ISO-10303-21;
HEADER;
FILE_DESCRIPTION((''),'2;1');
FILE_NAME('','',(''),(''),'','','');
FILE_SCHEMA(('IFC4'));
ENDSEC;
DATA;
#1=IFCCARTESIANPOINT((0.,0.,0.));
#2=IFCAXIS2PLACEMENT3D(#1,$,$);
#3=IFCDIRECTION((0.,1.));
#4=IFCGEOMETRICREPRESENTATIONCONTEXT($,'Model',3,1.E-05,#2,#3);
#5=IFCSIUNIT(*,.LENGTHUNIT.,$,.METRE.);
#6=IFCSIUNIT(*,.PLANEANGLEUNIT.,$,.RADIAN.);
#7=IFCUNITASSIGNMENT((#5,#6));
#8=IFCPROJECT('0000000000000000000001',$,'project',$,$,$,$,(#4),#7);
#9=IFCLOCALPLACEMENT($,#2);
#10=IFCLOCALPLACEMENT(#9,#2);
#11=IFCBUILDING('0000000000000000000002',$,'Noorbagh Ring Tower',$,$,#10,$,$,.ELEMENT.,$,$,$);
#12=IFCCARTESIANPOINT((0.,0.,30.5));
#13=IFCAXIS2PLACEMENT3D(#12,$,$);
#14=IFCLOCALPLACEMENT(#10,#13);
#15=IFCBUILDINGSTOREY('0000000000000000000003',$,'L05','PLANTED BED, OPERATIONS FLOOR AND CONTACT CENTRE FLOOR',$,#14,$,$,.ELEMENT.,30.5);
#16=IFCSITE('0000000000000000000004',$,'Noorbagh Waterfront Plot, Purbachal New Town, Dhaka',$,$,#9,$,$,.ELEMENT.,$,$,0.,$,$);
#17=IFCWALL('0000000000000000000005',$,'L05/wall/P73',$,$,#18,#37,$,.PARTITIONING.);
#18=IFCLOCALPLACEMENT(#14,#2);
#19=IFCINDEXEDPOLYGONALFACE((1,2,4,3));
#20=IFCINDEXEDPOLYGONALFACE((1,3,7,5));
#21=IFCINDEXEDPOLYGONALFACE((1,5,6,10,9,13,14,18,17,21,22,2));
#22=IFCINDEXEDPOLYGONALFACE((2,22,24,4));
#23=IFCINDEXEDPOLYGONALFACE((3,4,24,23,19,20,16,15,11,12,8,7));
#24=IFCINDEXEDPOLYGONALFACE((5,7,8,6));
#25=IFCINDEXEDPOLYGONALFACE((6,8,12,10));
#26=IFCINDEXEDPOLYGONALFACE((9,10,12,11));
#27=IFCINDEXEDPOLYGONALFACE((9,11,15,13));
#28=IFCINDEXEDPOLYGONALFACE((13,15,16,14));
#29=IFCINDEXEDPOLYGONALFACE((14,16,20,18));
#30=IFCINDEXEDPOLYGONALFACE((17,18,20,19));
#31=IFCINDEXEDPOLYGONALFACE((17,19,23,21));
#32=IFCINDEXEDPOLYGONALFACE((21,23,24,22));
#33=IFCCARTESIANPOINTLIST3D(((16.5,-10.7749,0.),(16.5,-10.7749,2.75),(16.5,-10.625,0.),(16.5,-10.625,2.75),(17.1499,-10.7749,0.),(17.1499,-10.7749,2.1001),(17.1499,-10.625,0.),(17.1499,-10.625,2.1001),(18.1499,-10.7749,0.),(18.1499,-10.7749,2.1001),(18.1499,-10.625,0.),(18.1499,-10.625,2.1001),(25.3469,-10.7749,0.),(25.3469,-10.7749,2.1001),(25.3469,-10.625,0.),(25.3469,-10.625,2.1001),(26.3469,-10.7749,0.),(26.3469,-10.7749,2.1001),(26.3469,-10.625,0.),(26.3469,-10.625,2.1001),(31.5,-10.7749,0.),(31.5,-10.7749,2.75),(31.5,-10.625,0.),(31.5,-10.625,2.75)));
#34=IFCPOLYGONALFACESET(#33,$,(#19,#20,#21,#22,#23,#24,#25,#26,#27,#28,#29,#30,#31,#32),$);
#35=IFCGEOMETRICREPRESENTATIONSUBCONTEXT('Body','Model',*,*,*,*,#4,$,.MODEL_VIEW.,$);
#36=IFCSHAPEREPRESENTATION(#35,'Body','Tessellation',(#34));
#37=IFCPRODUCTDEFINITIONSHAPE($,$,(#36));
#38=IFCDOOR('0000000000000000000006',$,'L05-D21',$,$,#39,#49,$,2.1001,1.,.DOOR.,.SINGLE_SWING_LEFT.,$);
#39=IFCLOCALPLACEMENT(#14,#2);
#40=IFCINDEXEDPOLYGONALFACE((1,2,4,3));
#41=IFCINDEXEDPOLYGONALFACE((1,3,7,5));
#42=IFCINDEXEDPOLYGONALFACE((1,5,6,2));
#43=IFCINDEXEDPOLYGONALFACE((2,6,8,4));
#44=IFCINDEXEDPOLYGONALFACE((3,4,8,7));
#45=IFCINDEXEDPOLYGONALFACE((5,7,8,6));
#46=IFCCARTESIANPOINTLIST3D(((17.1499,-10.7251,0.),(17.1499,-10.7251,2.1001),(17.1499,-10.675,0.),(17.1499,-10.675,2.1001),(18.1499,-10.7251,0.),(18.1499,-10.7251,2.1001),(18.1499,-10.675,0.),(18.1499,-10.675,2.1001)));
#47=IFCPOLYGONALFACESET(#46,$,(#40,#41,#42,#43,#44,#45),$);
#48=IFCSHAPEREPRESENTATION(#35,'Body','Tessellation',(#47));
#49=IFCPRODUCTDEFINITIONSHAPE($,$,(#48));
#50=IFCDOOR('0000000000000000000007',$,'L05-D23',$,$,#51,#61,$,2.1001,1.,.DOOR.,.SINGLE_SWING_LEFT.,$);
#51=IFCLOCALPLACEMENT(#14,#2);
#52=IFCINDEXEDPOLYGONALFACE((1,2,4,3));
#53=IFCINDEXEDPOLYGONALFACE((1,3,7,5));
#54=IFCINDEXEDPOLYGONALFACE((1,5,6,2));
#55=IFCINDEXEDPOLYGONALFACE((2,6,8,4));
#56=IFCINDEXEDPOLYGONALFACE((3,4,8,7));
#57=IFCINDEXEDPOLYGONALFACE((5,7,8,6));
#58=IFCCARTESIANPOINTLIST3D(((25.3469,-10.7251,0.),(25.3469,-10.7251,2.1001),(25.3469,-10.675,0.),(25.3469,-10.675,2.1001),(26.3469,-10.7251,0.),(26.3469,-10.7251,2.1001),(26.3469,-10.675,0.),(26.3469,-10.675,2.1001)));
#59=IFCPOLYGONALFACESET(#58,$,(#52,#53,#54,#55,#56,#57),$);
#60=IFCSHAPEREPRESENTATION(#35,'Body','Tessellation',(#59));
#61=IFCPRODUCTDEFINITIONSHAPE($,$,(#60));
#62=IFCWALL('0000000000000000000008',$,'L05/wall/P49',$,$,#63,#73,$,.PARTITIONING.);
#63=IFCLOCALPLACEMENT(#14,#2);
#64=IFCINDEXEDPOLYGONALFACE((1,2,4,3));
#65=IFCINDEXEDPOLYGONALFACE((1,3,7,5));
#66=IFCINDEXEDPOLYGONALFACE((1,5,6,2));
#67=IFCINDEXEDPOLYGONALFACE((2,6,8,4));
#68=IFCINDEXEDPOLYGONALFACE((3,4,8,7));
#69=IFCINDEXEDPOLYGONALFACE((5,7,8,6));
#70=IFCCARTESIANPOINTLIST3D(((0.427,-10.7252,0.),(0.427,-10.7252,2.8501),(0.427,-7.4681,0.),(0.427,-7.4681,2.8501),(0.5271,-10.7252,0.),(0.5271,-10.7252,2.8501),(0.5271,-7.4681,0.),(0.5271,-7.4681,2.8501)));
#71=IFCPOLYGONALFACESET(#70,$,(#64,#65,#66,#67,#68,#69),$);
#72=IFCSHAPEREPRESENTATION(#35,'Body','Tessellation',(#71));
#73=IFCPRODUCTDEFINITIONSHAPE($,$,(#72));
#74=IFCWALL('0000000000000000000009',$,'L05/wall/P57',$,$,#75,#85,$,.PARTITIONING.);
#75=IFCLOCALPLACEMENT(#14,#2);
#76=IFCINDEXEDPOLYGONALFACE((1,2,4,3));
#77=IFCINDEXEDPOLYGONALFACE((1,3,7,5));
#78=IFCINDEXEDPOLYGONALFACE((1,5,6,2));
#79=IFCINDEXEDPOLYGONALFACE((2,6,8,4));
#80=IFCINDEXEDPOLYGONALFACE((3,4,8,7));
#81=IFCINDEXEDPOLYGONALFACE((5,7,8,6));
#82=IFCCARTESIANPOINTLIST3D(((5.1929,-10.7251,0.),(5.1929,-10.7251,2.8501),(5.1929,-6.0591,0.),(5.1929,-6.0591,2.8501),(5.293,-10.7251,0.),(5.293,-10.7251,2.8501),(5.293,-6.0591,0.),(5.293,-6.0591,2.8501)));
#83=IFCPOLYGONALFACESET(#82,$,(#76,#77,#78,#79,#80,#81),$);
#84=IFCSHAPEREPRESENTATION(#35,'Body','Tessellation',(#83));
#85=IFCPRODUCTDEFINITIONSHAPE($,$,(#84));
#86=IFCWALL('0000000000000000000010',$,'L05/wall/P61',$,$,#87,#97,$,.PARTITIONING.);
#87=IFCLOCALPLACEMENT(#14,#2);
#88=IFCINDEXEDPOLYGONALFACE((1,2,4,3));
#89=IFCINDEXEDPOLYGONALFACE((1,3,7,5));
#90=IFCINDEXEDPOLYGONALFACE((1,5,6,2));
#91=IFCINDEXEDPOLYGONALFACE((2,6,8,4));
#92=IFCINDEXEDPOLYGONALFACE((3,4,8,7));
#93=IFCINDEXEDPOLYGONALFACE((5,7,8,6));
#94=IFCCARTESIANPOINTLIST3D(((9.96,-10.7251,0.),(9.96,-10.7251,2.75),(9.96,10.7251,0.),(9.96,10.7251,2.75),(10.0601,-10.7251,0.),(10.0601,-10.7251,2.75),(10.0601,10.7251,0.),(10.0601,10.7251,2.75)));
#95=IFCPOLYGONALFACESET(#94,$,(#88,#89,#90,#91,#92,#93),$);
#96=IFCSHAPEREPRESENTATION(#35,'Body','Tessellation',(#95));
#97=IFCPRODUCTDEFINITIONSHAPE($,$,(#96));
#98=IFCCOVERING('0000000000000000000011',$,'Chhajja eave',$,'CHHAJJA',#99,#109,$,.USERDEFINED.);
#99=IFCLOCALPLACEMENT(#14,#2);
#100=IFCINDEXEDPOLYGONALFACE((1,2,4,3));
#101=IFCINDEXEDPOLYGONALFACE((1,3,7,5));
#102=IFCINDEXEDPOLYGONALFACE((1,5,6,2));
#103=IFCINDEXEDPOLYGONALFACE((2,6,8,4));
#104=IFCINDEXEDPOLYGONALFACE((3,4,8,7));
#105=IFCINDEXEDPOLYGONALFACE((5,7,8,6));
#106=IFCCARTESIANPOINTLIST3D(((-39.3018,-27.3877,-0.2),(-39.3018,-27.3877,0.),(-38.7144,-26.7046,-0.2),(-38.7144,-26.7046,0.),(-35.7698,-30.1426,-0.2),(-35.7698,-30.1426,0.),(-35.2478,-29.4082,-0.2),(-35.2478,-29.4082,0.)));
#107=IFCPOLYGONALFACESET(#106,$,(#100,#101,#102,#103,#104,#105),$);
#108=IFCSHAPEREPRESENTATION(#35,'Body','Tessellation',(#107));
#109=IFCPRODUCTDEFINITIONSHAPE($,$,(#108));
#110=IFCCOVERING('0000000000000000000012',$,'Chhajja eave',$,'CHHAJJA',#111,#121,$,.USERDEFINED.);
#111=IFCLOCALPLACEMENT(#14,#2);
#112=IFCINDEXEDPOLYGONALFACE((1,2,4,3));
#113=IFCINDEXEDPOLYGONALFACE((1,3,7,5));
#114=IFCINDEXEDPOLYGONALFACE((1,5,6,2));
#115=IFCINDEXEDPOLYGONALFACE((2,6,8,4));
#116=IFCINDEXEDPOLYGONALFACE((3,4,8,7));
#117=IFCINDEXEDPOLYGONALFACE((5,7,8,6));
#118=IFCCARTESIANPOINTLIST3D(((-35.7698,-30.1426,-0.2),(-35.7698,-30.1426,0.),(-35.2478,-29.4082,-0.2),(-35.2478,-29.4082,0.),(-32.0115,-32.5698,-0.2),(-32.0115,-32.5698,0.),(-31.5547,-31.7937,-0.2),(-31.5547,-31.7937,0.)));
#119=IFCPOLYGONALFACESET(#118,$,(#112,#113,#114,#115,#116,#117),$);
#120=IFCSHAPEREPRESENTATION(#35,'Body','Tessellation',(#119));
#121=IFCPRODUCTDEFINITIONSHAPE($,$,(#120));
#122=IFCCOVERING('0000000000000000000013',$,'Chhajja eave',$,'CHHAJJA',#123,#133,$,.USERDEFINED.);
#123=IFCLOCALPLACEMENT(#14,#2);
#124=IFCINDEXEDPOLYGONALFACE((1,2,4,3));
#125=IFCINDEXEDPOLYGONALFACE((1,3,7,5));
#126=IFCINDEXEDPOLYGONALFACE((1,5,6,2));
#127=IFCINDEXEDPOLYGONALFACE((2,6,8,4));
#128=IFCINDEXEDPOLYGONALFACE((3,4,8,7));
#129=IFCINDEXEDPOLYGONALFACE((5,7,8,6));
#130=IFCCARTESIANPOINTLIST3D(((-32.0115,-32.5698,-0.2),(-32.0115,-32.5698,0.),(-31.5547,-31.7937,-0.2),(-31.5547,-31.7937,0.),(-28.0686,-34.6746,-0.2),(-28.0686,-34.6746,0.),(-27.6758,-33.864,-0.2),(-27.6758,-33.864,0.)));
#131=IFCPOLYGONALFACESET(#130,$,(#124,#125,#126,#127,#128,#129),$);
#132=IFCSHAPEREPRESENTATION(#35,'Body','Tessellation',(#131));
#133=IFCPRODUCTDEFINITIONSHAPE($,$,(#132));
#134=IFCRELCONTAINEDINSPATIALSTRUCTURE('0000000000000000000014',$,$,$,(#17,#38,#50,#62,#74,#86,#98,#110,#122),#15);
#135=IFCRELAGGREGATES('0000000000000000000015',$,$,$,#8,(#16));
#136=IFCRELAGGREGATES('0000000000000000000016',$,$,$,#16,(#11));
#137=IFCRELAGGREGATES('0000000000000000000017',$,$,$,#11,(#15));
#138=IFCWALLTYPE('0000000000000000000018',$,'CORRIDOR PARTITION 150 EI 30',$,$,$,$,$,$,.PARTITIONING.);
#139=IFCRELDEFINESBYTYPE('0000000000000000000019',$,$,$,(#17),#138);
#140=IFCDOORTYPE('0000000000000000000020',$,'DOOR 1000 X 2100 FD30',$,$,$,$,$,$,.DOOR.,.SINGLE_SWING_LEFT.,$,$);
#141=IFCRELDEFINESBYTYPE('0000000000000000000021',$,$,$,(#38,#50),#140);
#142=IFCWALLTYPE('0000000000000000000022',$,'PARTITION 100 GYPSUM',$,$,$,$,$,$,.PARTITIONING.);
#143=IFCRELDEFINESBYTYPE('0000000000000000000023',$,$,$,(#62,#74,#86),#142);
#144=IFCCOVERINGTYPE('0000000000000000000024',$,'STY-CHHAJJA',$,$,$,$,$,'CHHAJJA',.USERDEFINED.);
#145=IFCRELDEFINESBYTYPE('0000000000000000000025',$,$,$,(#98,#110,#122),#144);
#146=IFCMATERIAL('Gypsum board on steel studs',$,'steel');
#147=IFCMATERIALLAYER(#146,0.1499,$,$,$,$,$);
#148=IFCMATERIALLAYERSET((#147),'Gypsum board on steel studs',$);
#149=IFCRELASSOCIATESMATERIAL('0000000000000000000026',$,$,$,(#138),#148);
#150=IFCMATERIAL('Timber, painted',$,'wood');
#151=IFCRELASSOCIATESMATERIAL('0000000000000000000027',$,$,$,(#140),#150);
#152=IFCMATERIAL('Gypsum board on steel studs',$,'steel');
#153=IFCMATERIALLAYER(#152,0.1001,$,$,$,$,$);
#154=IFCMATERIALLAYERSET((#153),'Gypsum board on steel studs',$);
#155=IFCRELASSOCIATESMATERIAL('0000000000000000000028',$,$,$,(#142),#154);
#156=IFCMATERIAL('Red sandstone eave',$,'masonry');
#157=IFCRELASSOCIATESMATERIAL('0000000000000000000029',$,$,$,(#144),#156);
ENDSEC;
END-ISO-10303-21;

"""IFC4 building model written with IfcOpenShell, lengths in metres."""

from ifc_helpers import new_model, si_unit, direction, frame, frame_2d, origin, place, context, subcontext, project, spatial, polyline, rectangle, outline, extrude, material, layer, layer_set, type_object, element, fill, save


model = new_model("IFC4")

# Units and contexts
model_context = context("Model", 3, precision=1e-05, world=origin(), true_north=direction((0.0, 1.0)))
body_context = subcontext(model_context, "Body", "Model", "MODEL_VIEW")
ifc_project = project(units=[si_unit("LENGTHUNIT", "METRE"), si_unit("PLANEANGLEUNIT", "RADIAN")], contexts=[model_context])

# Site, building, storey
site_placement = place(None, origin())
site = spatial("IfcSite", under=ifc_project, at=site_placement, Name="Noorbagh Waterfront Plot, Purbachal New Town, Dhaka", CompositionType="ELEMENT", RefElevation=0.0)
building_placement = place(site_placement, origin())
building = spatial("IfcBuilding", under=site, at=building_placement, Name="Noorbagh Ring Tower", CompositionType="ELEMENT")
storey_placement = place(building_placement, frame((0.0, 0.0, 30.5)))
storey = spatial("IfcBuildingStorey", under=building, at=storey_placement, Name="L05", Description="PLANTED BED, OPERATIONS FLOOR AND CONTACT CENTRE FLOOR", CompositionType="ELEMENT", Elevation=30.5)

# Shared definitions
ifc_material_1 = material(Name="Gypsum board on steel studs", Category="steel")
ifc_layer_1 = layer(ifc_material_1, 0.1499)
ifc_layer_set_1 = layer_set([ifc_layer_1], Name="Gypsum board on steel studs")
wall_type_1 = type_object("IfcWallType", Name="CORRIDOR PARTITION 150 EI 30", PredefinedType="PARTITIONING", material=ifc_layer_set_1)
ifc_material_2 = material(Name="Timber, painted", Category="wood")
door_type_1 = type_object("IfcDoorType", Name="DOOR 1000 X 2100 FD30", OperationType="SINGLE_SWING_LEFT", PredefinedType="DOOR", material=ifc_material_2)

# Wall, openings, doors
wall_1_placement = place(storey_placement, frame((16.5, -10.7, 0.0), z_axis=(0.0, 0.0, 1.0), x_axis=(1.0, 0.0, 0.0)))
wall_1 = element("IfcWall", 1, at=wall_1_placement, inside=storey, type_object=wall_type_1, Name="L05/wall/P73", PredefinedType="PARTITIONING", context=body_context, shape_type="SweptSolid", body=[
    extrude(rectangle(XDim=15.0, YDim=0.1499, at=frame_2d((7.5, 0.0))), origin(), (0.0, 0.0, 1.0), 2.75),
])
opening_1_placement = place(wall_1_placement, frame((0.6499, 0.0, 0.0)))
opening_1 = element("IfcOpeningElement", 2, at=opening_1_placement, cuts=wall_1, PredefinedType="OPENING", context=body_context, shape_type="SweptSolid", body=[
    extrude(rectangle(XDim=1.0, YDim=2.1001, at=frame_2d((0.5, 1.05))), frame((0.0, 0.085, 0.0), z_axis=(0.0, -1.0, 0.0), x_axis=(1.0, 0.0, 0.0)), (0.0, 0.0, 1.0), 0.1699),
])
opening_2_placement = place(wall_1_placement, frame((8.8469, 0.0, 0.0)))
opening_2 = element("IfcOpeningElement", 3, at=opening_2_placement, cuts=wall_1, PredefinedType="OPENING", context=body_context, shape_type="SweptSolid", body=[
    extrude(rectangle(XDim=1.0, YDim=2.1001, at=frame_2d((0.5, 1.05))), frame((0.0, 0.085, 0.0), z_axis=(0.0, -1.0, 0.0), x_axis=(1.0, 0.0, 0.0)), (0.0, 0.0, 1.0), 0.1699),
])
door_1_placement = place(opening_1_placement, origin())
door_1 = element("IfcDoor", 4, at=door_1_placement, inside=storey, type_object=door_type_1, Name="L05-D21", OperationType="SINGLE_SWING_LEFT", OverallHeight=2.1001, OverallWidth=1.0, PredefinedType="DOOR", context=body_context, shape_type="SweptSolid", body=[
    extrude(rectangle(XDim=1.0, YDim=2.1001, at=frame_2d((0.5, 1.05))), frame((0.0, 0.0249, 0.0), z_axis=(0.0, -1.0, 0.0), x_axis=(1.0, 0.0, 0.0)), (0.0, 0.0, 1.0), 0.05),
])
fill(opening_1, door_1)
door_2_placement = place(opening_2_placement, origin())
door_2 = element("IfcDoor", 5, at=door_2_placement, inside=storey, type_object=door_type_1, Name="L05-D23", OperationType="SINGLE_SWING_LEFT", OverallHeight=2.1001, OverallWidth=1.0, PredefinedType="DOOR", context=body_context, shape_type="SweptSolid", body=[
    extrude(rectangle(XDim=1.0, YDim=2.1001, at=frame_2d((0.5, 1.05))), frame((0.0, 0.0249, 0.0), z_axis=(0.0, -1.0, 0.0), x_axis=(1.0, 0.0, 0.0)), (0.0, 0.0, 1.0), 0.05),
])
fill(opening_2, door_2)

# Walls
ifc_material_3 = material(Name="Gypsum board on steel studs", Category="steel")
ifc_layer_2 = layer(ifc_material_3, 0.1001)
ifc_layer_set_2 = layer_set([ifc_layer_2], Name="Gypsum board on steel studs")
wall_type_2 = type_object("IfcWallType", Name="PARTITION 100 GYPSUM", PredefinedType="PARTITIONING", material=ifc_layer_set_2)
wall_2_placement = place(storey_placement, frame((0.4771, -10.7251, 0.0), z_axis=(0.0, 0.0, 1.0), x_axis=(0.0, 1.0, 0.0)))
element("IfcWall", 6, at=wall_2_placement, inside=storey, type_object=wall_type_2, Name="L05/wall/P49", PredefinedType="PARTITIONING", context=body_context, shape_type="SweptSolid", body=[
    extrude(rectangle(XDim=3.2571, YDim=0.1001, at=frame_2d((1.6284, 0.0))), origin(), (0.0, 0.0, 1.0), 2.8501),
])
wall_3_placement = place(storey_placement, frame((5.2429, -10.7251, 0.0), z_axis=(0.0, 0.0, 1.0), x_axis=(0.0, 1.0, 0.0)))
element("IfcWall", 7, at=wall_3_placement, inside=storey, type_object=wall_type_2, Name="L05/wall/P57", PredefinedType="PARTITIONING", context=body_context, shape_type="SweptSolid", body=[
    extrude(rectangle(XDim=4.666, YDim=0.1001, at=frame_2d((2.333, 0.0))), origin(), (0.0, 0.0, 1.0), 2.8501),
])
wall_4_placement = place(storey_placement, frame((10.01, -10.7251, 0.0), z_axis=(0.0, 0.0, 1.0), x_axis=(0.0, 1.0, 0.0)))
element("IfcWall", 8, at=wall_4_placement, inside=storey, type_object=wall_type_2, Name="L05/wall/P61", PredefinedType="PARTITIONING", context=body_context, shape_type="SweptSolid", body=[
    extrude(rectangle(XDim=21.4502, YDim=0.1001, at=frame_2d((10.7251, 0.0))), origin(), (0.0, 0.0, 1.0), 2.75),
])

# Coverings
ifc_material_4 = material(Name="Red sandstone eave", Category="masonry")
covering_type = type_object("IfcCoveringType", Name="STY-CHHAJJA", ElementType="CHHAJJA", PredefinedType="USERDEFINED", material=ifc_material_4)
covering_1_placement = place(storey_placement, frame((0.0, 0.0, -0.2)))
element("IfcCovering", 9, at=covering_1_placement, inside=storey, type_object=covering_type, Name="Chhajja eave", ObjectType="CHHAJJA", PredefinedType="USERDEFINED", context=body_context, shape_type="SweptSolid", body=[
    extrude(outline(polyline([(-38.7144, -26.7046), (-35.2478, -29.4082), (-35.7698, -30.1426), (-39.3018, -27.3877), (-38.7144, -26.7046)])), origin(), (0.0, 0.0, 1.0), 0.2),
])
covering_2_placement = place(storey_placement, frame((0.0, 0.0, -0.2)))
element("IfcCovering", 10, at=covering_2_placement, inside=storey, type_object=covering_type, Name="Chhajja eave", ObjectType="CHHAJJA", PredefinedType="USERDEFINED", context=body_context, shape_type="SweptSolid", body=[
    extrude(outline(polyline([(-35.2478, -29.4082), (-31.5547, -31.7937), (-32.0115, -32.5698), (-35.7698, -30.1426), (-35.2478, -29.4082)])), origin(), (0.0, 0.0, 1.0), 0.2),
])
covering_3_placement = place(storey_placement, frame((0.0, 0.0, -0.2)))
element("IfcCovering", 11, at=covering_3_placement, inside=storey, type_object=covering_type, Name="Chhajja eave", ObjectType="CHHAJJA", PredefinedType="USERDEFINED", context=body_context, shape_type="SweptSolid", body=[
    extrude(outline(polyline([(-31.5547, -31.7937), (-27.6758, -33.864), (-28.0686, -34.6746), (-32.0115, -32.5698), (-31.5547, -31.7937)])), origin(), (0.0, 0.0, 1.0), 0.2),
])

save(model, "model.ifc")
